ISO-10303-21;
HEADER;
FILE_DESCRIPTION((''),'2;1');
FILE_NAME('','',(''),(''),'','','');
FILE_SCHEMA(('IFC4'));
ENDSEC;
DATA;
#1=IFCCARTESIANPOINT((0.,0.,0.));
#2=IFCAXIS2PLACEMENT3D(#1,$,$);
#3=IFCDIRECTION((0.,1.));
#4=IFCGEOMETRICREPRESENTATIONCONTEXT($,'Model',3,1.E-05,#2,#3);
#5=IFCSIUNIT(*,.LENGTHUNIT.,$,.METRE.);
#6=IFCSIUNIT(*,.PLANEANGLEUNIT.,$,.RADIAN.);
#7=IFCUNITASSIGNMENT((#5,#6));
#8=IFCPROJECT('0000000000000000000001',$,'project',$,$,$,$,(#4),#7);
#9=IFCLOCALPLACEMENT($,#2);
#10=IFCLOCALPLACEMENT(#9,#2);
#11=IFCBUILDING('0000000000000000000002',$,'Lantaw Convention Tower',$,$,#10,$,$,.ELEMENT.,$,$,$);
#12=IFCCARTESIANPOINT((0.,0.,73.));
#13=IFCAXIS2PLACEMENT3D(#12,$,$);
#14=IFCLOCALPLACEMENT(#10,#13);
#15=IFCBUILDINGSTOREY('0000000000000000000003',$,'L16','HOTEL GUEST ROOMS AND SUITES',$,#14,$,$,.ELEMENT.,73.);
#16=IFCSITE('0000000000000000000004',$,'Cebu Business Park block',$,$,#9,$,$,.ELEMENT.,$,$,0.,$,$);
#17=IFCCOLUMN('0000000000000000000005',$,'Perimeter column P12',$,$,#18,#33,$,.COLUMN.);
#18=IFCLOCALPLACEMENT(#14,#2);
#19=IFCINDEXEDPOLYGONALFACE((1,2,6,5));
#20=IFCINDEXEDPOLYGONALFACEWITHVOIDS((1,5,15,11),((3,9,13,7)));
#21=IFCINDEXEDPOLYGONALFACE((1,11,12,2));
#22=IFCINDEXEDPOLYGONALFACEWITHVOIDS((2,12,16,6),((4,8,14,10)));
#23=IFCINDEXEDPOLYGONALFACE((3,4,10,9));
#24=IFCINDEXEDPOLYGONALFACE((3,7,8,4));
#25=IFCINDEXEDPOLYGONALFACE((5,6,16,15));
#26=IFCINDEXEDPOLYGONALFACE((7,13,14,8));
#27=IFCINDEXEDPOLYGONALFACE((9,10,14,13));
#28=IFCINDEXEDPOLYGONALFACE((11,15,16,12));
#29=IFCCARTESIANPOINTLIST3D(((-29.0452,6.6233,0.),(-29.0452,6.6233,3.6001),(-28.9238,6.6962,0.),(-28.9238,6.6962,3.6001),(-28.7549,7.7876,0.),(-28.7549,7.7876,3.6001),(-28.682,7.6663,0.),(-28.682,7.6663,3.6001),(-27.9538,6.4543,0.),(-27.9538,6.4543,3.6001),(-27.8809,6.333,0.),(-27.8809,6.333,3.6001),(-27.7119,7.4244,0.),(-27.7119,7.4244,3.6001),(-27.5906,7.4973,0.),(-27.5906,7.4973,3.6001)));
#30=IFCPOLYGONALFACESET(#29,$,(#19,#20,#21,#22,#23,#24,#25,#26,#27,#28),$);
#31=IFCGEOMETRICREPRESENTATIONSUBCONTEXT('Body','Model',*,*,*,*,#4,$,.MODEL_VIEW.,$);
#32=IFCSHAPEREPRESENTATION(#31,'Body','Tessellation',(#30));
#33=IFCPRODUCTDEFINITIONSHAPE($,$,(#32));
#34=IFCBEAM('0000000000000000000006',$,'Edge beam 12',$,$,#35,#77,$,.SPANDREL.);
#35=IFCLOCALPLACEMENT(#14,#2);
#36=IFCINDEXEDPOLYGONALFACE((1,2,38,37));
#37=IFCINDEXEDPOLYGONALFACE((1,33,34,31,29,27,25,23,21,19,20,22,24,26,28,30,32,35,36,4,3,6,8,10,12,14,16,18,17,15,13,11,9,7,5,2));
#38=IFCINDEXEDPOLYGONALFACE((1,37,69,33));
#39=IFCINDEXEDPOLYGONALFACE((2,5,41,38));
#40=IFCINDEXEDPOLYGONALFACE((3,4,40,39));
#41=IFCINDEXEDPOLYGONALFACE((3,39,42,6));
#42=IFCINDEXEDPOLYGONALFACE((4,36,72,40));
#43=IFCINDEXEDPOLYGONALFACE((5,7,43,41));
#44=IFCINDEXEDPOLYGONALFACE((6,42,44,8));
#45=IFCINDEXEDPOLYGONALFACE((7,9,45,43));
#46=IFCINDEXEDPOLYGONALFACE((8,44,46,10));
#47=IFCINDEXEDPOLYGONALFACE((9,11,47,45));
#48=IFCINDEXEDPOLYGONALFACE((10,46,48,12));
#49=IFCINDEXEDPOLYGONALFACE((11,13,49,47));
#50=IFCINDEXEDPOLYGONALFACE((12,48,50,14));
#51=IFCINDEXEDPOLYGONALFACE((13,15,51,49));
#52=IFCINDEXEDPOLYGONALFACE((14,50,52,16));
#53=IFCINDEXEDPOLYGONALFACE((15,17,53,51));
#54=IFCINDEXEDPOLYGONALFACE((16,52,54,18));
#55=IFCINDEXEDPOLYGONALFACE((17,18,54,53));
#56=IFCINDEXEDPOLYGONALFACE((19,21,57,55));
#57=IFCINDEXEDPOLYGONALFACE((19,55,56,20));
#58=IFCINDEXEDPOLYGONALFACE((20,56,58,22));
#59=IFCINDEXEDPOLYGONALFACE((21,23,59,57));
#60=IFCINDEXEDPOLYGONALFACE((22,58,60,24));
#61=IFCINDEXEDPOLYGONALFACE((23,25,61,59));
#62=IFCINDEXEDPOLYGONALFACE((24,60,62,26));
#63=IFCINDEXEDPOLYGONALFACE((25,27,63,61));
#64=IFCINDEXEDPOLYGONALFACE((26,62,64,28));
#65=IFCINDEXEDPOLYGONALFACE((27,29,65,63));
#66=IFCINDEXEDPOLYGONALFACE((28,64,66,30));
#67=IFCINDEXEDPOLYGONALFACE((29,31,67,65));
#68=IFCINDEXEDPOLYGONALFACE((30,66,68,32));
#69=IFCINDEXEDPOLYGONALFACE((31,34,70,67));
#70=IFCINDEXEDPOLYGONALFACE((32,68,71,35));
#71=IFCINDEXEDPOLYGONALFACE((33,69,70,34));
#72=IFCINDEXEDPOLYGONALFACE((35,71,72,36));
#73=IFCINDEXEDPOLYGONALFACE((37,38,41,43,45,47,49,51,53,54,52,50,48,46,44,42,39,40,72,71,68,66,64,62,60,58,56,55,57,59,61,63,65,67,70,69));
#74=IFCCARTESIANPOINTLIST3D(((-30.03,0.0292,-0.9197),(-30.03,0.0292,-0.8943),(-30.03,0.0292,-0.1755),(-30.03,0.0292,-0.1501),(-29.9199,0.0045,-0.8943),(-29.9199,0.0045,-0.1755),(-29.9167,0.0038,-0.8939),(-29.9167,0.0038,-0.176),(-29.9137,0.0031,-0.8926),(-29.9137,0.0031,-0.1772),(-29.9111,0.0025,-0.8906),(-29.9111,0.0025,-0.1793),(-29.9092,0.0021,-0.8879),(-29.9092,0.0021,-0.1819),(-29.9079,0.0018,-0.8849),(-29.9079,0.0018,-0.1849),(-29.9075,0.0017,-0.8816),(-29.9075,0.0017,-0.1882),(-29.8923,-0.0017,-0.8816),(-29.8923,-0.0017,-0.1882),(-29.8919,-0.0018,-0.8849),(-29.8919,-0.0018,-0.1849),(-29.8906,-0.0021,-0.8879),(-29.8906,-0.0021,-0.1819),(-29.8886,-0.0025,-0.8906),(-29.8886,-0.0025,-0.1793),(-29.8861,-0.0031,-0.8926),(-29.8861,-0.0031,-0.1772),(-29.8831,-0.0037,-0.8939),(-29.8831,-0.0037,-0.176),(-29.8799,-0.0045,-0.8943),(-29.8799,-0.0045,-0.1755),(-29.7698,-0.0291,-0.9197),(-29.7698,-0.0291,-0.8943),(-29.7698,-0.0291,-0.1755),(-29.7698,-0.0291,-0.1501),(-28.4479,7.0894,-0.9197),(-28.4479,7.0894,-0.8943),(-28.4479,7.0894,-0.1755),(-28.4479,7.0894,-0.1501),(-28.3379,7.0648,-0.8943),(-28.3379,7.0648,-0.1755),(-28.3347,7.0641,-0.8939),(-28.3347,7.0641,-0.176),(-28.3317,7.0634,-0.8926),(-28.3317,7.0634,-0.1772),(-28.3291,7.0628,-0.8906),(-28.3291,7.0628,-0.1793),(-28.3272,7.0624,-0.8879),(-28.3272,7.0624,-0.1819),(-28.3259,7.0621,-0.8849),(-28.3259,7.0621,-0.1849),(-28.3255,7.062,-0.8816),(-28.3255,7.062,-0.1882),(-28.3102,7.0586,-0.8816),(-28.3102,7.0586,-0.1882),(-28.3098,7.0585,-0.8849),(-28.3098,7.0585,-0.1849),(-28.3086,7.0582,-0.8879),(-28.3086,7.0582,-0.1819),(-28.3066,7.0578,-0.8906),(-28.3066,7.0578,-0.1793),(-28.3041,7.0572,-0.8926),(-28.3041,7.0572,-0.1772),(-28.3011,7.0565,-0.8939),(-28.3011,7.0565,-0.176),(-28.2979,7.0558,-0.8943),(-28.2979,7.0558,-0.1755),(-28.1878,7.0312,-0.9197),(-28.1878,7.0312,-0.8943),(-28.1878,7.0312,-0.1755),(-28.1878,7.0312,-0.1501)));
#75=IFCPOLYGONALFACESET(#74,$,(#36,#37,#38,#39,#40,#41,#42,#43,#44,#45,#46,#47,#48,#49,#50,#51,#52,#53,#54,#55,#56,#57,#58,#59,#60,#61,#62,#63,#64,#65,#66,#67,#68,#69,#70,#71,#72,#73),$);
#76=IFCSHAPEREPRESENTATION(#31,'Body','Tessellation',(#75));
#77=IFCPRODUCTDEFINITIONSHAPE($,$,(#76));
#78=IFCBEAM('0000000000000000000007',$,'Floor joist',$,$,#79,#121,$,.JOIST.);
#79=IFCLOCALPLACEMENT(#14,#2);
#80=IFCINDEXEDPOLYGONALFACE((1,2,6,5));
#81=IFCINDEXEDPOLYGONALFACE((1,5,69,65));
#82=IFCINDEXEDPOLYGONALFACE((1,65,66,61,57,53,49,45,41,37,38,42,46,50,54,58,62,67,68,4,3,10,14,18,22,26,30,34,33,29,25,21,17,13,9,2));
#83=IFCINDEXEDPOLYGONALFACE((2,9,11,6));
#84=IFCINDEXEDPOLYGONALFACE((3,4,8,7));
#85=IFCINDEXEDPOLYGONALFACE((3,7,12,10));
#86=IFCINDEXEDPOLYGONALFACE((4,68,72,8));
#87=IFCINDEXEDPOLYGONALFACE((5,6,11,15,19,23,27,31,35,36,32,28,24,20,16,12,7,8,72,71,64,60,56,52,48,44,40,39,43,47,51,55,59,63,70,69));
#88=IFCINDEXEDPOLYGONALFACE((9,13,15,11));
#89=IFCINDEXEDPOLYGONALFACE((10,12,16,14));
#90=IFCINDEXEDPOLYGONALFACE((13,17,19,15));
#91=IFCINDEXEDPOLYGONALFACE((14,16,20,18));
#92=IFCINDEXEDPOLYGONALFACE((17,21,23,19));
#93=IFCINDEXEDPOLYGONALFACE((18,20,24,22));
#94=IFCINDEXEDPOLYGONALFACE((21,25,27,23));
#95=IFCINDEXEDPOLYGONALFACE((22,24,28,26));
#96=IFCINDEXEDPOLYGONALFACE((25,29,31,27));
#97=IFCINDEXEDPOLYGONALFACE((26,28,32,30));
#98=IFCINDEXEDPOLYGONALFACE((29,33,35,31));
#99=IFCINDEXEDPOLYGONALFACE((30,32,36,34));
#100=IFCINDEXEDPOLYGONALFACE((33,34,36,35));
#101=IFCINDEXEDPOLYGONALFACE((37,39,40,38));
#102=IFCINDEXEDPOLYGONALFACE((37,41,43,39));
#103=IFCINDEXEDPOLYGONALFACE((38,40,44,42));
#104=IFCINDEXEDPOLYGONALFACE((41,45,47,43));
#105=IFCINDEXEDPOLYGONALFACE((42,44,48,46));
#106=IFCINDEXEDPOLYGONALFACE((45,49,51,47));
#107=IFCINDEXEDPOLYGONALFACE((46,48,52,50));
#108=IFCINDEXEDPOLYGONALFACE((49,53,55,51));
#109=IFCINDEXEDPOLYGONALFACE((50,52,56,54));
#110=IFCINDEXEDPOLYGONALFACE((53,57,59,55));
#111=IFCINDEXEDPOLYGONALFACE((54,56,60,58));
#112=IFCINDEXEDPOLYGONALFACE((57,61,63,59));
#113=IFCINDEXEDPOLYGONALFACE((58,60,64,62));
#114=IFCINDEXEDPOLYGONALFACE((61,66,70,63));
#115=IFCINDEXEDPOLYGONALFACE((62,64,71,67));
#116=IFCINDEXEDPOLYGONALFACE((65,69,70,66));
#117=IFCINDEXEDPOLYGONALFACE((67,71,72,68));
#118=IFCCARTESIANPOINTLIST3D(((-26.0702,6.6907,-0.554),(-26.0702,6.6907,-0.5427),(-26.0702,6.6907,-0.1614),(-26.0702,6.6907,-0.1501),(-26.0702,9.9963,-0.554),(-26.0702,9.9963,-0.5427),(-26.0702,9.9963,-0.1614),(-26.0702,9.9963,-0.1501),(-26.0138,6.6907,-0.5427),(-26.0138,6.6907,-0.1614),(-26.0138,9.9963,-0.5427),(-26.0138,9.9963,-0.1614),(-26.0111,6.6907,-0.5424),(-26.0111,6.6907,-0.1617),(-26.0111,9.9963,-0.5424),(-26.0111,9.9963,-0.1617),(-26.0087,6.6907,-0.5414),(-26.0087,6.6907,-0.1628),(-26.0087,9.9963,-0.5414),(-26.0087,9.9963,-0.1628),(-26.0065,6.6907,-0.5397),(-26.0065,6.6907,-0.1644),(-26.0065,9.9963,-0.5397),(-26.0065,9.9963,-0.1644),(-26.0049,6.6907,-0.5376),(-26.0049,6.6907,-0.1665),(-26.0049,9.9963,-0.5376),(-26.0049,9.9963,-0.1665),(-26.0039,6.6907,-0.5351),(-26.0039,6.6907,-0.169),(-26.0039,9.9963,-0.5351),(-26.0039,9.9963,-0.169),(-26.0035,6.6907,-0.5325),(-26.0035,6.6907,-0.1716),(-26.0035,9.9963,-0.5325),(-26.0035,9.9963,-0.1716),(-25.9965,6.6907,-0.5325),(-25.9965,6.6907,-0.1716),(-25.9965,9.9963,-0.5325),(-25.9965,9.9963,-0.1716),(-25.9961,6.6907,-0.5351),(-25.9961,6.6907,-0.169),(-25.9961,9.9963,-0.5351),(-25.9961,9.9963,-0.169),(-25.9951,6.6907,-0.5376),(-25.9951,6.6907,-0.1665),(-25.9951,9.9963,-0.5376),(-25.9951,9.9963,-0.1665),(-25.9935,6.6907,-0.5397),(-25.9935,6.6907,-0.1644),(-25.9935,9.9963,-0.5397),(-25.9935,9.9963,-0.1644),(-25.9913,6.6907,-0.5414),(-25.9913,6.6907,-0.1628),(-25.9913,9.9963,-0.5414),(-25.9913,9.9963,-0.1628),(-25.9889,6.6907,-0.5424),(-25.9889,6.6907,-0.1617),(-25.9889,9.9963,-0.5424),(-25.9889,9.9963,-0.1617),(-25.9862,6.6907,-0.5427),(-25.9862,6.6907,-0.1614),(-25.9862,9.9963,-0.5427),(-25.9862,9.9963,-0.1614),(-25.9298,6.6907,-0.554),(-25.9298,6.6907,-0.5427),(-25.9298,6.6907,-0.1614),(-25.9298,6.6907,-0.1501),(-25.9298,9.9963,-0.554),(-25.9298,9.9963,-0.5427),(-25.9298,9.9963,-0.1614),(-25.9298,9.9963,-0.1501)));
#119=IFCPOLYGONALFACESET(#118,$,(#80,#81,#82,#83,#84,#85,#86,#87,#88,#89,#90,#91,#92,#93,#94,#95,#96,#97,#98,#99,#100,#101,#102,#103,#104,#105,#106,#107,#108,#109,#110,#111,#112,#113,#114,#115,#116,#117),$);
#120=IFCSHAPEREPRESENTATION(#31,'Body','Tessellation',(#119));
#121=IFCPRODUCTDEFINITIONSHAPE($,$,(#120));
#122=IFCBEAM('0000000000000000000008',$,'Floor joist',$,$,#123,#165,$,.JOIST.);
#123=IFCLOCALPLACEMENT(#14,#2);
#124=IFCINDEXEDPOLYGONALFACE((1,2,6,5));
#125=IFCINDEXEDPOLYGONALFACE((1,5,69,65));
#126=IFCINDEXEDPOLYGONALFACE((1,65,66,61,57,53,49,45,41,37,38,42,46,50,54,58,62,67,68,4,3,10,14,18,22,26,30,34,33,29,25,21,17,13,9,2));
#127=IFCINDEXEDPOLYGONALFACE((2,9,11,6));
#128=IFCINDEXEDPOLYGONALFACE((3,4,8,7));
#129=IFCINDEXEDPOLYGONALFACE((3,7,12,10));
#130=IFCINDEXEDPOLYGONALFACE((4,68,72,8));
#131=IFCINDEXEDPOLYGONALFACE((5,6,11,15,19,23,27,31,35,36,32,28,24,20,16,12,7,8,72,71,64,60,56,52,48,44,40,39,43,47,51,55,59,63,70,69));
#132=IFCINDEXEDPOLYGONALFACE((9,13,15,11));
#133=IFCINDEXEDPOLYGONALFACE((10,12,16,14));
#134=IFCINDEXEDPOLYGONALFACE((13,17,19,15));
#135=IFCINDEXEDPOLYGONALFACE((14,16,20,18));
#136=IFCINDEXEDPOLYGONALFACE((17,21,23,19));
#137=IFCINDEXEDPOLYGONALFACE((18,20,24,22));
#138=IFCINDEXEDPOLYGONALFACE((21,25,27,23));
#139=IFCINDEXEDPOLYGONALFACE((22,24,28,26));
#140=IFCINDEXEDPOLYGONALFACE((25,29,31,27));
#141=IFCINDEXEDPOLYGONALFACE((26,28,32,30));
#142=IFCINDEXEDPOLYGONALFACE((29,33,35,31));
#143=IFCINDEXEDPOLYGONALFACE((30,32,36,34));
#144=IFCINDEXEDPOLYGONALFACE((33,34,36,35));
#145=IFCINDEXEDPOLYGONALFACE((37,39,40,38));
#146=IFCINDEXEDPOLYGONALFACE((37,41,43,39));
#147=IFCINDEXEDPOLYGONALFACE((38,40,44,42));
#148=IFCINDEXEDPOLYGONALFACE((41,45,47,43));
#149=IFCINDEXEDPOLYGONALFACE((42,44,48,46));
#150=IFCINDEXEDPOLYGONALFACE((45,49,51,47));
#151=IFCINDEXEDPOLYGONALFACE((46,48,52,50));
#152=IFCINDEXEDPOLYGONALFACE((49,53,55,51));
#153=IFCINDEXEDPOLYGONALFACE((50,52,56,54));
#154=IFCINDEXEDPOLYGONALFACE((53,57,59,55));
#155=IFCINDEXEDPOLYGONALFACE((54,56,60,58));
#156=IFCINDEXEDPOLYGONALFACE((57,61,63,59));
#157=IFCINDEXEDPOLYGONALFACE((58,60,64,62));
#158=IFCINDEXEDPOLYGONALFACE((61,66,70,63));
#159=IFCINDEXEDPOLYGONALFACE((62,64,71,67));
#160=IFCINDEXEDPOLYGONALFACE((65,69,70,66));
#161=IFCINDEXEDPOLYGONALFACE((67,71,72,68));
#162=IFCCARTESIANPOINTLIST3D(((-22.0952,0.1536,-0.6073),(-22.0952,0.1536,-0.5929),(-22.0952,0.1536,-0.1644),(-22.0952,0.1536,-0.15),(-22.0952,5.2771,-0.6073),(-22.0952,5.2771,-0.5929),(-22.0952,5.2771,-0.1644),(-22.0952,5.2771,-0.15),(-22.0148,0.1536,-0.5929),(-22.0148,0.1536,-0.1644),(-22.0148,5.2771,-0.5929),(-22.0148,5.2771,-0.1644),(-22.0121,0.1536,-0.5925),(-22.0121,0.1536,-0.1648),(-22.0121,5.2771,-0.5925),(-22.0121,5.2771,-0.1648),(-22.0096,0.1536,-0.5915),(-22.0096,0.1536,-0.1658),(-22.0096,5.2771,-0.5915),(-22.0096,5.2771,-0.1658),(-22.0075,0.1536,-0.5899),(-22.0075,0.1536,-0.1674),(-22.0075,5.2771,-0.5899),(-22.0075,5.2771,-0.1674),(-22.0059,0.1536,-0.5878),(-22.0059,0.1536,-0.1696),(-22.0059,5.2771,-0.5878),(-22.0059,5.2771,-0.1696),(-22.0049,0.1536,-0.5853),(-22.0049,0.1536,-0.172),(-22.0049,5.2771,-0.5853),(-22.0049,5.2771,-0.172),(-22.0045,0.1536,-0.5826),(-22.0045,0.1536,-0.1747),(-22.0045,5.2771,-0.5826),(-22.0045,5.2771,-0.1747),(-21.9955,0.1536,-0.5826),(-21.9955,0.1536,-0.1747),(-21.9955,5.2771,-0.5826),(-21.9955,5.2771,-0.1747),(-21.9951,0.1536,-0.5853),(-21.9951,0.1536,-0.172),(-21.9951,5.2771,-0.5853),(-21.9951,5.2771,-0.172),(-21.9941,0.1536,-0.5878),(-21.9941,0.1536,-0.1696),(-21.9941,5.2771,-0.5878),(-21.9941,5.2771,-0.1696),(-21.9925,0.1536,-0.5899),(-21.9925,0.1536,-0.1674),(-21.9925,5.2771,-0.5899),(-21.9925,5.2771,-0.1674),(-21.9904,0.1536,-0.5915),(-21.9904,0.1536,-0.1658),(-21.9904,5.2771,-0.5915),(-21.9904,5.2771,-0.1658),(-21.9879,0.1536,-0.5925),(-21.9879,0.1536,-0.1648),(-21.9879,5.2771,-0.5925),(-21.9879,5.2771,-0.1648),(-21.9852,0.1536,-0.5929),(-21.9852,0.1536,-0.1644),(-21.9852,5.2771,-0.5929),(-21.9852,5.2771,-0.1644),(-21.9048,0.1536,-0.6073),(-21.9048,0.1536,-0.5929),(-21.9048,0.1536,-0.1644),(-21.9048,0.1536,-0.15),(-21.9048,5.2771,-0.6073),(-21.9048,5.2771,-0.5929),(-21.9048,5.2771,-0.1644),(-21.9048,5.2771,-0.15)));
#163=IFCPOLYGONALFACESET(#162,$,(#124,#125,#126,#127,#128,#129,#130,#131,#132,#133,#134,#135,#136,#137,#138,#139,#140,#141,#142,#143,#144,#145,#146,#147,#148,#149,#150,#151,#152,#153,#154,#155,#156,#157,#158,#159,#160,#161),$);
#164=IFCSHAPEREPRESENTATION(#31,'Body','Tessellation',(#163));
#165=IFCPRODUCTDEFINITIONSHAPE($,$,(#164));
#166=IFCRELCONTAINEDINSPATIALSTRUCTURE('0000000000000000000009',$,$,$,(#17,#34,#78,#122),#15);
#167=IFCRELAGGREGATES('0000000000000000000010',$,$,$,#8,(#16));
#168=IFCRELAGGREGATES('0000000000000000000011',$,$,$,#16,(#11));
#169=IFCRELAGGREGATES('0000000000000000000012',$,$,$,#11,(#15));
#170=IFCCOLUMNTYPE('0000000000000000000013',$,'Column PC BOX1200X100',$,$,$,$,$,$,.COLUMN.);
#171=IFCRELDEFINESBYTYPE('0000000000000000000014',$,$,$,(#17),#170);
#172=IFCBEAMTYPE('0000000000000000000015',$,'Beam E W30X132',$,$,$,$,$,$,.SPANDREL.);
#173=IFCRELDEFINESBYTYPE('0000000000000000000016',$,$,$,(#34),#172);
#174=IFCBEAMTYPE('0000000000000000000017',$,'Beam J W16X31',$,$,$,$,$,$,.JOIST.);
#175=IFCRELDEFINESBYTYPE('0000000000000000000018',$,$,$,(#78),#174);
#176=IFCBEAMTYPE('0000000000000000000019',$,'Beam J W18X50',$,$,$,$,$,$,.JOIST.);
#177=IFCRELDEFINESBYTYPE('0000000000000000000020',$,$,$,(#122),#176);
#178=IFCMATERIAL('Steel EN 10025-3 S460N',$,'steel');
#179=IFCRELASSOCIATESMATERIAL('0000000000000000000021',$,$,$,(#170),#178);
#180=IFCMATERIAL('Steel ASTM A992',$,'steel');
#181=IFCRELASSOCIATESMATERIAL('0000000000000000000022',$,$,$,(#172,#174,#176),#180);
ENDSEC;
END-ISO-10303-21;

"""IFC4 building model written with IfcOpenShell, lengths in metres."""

from ifc_helpers import new_model, si_unit, direction, frame, origin, origin_2d, place, context, subcontext, project, spatial, rectangle, hollow_rectangle, i_section, extrude, material, material_profile, profile_set, type_object, element, save


model = new_model("IFC4")

# Units and contexts
model_context = context("Model", 3, precision=1e-05, world=origin(), true_north=direction((0.0, 1.0)))
body_context = subcontext(model_context, "Body", "Model", "MODEL_VIEW")
ifc_project = project(units=[si_unit("LENGTHUNIT", "METRE"), si_unit("PLANEANGLEUNIT", "RADIAN")], contexts=[model_context])

# Site, building, storey
site_placement = place(None, origin())
site = spatial("IfcSite", under=ifc_project, at=site_placement, Name="Cebu Business Park block", CompositionType="ELEMENT", RefElevation=0.0)
building_placement = place(site_placement, origin())
building = spatial("IfcBuilding", under=site, at=building_placement, Name="Lantaw Convention Tower", CompositionType="ELEMENT")
storey_placement = place(building_placement, frame((0.0, 0.0, 73.0)))
storey = spatial("IfcBuildingStorey", under=building, at=storey_placement, Name="L16", Description="HOTEL GUEST ROOMS AND SUITES", CompositionType="ELEMENT", Elevation=73.0)

# Column
ifc_material_1 = material(Name="Steel EN 10025-3 S460N", Category="steel")
ifc_material_profile_1 = material_profile(ifc_material_1, hollow_rectangle(XDim=1.2, YDim=1.2, WallThickness=0.1001, at=origin_2d()), Name="BOX1200X100")
ifc_material_2 = material(Name="Concrete C60/75", Category="concrete")
ifc_material_profile_2 = material_profile(ifc_material_2, rectangle(XDim=1.0, YDim=1.0, at=origin_2d()), Name="Concrete fill of BOX1200X100")
ifc_profile_set_1 = profile_set([ifc_material_profile_1, ifc_material_profile_2], Name="Steel EN 10025-3 S460N")
column_type = type_object("IfcColumnType", Name="Column PC BOX1200X100", PredefinedType="COLUMN", material=ifc_profile_set_1)
column_placement = place(storey_placement, frame((-28.3179, 7.0603, 0.0), z_axis=(0.0, 0.0, 1.0), x_axis=(0.241922, 0.970296, 0.0)))
element("IfcColumn", 1, at=column_placement, inside=storey, type_object=column_type, Name="Perimeter column P12", PredefinedType="COLUMN", context=body_context, shape_type="SweptSolid", body=[
    extrude(hollow_rectangle(XDim=1.2, YDim=1.2, WallThickness=0.1001, at=origin_2d()), origin(), (0.0, 0.0, 1.0), 3.6001),
])

# Beams
ifc_material_3 = material(Name="Steel ASTM A992", Category="steel")
ifc_material_profile_3 = material_profile(ifc_material_3, i_section(OverallWidth=0.2666, OverallDepth=0.7695, WebThickness=0.0156, FlangeThickness=0.0254, FilletRadius=0.0127, at=origin_2d()), Name="W30X132")
ifc_profile_set_2 = profile_set([ifc_material_profile_3], Name="Steel ASTM A992")
beam_type_1 = type_object("IfcBeamType", Name="Beam E W30X132", PredefinedType="SPANDREL", material=ifc_profile_set_2)
beam_1_placement = place(storey_placement, frame((-28.3179, 7.0603, -0.5349), z_axis=(-0.218652, -0.975803, 0.0), x_axis=(0.975803, -0.218652, 0.0)))
element("IfcBeam", 2, at=beam_1_placement, inside=storey, type_object=beam_type_1, Name="Edge beam 12", PredefinedType="SPANDREL", context=body_context, shape_type="SweptSolid", body=[
    extrude(i_section(OverallWidth=0.2666, OverallDepth=0.7695, WebThickness=0.0156, FlangeThickness=0.0254, FilletRadius=0.0127, at=origin_2d()), origin(), (0.0, 0.0, 1.0), 7.2354),
])
ifc_material_profile_4 = material_profile(ifc_material_3, i_section(OverallWidth=0.1404, OverallDepth=0.4038, WebThickness=0.0071, FlangeThickness=0.0112, FilletRadius=0.0103, at=origin_2d()), Name="W16X31")
ifc_profile_set_3 = profile_set([ifc_material_profile_4], Name="Steel ASTM A992")
beam_type_2 = type_object("IfcBeamType", Name="Beam J W16X31", PredefinedType="JOIST", material=ifc_profile_set_3)
beam_2_placement = place(storey_placement, frame((-26.0, 6.6907, -0.3521), z_axis=(0.0, 1.0, 0.0), x_axis=(-1.0, 0.0, 0.0)))
element("IfcBeam", 3, at=beam_2_placement, inside=storey, type_object=beam_type_2, Name="Floor joist", PredefinedType="JOIST", context=body_context, shape_type="SweptSolid", body=[
    extrude(i_section(OverallWidth=0.1404, OverallDepth=0.4038, WebThickness=0.0071, FlangeThickness=0.0112, FilletRadius=0.0103, at=origin_2d()), origin(), (0.0, 0.0, 1.0), 3.3057),
])
ifc_material_profile_5 = material_profile(ifc_material_3, i_section(OverallWidth=0.1904, OverallDepth=0.4573, WebThickness=0.009, FlangeThickness=0.0144, FilletRadius=0.0103, at=origin_2d()), Name="W18X50")
ifc_profile_set_4 = profile_set([ifc_material_profile_5], Name="Steel ASTM A992")
beam_type_3 = type_object("IfcBeamType", Name="Beam J W18X50", PredefinedType="JOIST", material=ifc_profile_set_4)
beam_3_placement = place(storey_placement, frame((-22.0, 0.1536, -0.3787), z_axis=(0.0, 1.0, 0.0), x_axis=(-1.0, 0.0, 0.0)))
element("IfcBeam", 4, at=beam_3_placement, inside=storey, type_object=beam_type_3, Name="Floor joist", PredefinedType="JOIST", context=body_context, shape_type="SweptSolid", body=[
    extrude(i_section(OverallWidth=0.1904, OverallDepth=0.4573, WebThickness=0.009, FlangeThickness=0.0144, FilletRadius=0.0103, at=origin_2d()), origin(), (0.0, 0.0, 1.0), 5.1235),
])

save(model, "model.ifc")
